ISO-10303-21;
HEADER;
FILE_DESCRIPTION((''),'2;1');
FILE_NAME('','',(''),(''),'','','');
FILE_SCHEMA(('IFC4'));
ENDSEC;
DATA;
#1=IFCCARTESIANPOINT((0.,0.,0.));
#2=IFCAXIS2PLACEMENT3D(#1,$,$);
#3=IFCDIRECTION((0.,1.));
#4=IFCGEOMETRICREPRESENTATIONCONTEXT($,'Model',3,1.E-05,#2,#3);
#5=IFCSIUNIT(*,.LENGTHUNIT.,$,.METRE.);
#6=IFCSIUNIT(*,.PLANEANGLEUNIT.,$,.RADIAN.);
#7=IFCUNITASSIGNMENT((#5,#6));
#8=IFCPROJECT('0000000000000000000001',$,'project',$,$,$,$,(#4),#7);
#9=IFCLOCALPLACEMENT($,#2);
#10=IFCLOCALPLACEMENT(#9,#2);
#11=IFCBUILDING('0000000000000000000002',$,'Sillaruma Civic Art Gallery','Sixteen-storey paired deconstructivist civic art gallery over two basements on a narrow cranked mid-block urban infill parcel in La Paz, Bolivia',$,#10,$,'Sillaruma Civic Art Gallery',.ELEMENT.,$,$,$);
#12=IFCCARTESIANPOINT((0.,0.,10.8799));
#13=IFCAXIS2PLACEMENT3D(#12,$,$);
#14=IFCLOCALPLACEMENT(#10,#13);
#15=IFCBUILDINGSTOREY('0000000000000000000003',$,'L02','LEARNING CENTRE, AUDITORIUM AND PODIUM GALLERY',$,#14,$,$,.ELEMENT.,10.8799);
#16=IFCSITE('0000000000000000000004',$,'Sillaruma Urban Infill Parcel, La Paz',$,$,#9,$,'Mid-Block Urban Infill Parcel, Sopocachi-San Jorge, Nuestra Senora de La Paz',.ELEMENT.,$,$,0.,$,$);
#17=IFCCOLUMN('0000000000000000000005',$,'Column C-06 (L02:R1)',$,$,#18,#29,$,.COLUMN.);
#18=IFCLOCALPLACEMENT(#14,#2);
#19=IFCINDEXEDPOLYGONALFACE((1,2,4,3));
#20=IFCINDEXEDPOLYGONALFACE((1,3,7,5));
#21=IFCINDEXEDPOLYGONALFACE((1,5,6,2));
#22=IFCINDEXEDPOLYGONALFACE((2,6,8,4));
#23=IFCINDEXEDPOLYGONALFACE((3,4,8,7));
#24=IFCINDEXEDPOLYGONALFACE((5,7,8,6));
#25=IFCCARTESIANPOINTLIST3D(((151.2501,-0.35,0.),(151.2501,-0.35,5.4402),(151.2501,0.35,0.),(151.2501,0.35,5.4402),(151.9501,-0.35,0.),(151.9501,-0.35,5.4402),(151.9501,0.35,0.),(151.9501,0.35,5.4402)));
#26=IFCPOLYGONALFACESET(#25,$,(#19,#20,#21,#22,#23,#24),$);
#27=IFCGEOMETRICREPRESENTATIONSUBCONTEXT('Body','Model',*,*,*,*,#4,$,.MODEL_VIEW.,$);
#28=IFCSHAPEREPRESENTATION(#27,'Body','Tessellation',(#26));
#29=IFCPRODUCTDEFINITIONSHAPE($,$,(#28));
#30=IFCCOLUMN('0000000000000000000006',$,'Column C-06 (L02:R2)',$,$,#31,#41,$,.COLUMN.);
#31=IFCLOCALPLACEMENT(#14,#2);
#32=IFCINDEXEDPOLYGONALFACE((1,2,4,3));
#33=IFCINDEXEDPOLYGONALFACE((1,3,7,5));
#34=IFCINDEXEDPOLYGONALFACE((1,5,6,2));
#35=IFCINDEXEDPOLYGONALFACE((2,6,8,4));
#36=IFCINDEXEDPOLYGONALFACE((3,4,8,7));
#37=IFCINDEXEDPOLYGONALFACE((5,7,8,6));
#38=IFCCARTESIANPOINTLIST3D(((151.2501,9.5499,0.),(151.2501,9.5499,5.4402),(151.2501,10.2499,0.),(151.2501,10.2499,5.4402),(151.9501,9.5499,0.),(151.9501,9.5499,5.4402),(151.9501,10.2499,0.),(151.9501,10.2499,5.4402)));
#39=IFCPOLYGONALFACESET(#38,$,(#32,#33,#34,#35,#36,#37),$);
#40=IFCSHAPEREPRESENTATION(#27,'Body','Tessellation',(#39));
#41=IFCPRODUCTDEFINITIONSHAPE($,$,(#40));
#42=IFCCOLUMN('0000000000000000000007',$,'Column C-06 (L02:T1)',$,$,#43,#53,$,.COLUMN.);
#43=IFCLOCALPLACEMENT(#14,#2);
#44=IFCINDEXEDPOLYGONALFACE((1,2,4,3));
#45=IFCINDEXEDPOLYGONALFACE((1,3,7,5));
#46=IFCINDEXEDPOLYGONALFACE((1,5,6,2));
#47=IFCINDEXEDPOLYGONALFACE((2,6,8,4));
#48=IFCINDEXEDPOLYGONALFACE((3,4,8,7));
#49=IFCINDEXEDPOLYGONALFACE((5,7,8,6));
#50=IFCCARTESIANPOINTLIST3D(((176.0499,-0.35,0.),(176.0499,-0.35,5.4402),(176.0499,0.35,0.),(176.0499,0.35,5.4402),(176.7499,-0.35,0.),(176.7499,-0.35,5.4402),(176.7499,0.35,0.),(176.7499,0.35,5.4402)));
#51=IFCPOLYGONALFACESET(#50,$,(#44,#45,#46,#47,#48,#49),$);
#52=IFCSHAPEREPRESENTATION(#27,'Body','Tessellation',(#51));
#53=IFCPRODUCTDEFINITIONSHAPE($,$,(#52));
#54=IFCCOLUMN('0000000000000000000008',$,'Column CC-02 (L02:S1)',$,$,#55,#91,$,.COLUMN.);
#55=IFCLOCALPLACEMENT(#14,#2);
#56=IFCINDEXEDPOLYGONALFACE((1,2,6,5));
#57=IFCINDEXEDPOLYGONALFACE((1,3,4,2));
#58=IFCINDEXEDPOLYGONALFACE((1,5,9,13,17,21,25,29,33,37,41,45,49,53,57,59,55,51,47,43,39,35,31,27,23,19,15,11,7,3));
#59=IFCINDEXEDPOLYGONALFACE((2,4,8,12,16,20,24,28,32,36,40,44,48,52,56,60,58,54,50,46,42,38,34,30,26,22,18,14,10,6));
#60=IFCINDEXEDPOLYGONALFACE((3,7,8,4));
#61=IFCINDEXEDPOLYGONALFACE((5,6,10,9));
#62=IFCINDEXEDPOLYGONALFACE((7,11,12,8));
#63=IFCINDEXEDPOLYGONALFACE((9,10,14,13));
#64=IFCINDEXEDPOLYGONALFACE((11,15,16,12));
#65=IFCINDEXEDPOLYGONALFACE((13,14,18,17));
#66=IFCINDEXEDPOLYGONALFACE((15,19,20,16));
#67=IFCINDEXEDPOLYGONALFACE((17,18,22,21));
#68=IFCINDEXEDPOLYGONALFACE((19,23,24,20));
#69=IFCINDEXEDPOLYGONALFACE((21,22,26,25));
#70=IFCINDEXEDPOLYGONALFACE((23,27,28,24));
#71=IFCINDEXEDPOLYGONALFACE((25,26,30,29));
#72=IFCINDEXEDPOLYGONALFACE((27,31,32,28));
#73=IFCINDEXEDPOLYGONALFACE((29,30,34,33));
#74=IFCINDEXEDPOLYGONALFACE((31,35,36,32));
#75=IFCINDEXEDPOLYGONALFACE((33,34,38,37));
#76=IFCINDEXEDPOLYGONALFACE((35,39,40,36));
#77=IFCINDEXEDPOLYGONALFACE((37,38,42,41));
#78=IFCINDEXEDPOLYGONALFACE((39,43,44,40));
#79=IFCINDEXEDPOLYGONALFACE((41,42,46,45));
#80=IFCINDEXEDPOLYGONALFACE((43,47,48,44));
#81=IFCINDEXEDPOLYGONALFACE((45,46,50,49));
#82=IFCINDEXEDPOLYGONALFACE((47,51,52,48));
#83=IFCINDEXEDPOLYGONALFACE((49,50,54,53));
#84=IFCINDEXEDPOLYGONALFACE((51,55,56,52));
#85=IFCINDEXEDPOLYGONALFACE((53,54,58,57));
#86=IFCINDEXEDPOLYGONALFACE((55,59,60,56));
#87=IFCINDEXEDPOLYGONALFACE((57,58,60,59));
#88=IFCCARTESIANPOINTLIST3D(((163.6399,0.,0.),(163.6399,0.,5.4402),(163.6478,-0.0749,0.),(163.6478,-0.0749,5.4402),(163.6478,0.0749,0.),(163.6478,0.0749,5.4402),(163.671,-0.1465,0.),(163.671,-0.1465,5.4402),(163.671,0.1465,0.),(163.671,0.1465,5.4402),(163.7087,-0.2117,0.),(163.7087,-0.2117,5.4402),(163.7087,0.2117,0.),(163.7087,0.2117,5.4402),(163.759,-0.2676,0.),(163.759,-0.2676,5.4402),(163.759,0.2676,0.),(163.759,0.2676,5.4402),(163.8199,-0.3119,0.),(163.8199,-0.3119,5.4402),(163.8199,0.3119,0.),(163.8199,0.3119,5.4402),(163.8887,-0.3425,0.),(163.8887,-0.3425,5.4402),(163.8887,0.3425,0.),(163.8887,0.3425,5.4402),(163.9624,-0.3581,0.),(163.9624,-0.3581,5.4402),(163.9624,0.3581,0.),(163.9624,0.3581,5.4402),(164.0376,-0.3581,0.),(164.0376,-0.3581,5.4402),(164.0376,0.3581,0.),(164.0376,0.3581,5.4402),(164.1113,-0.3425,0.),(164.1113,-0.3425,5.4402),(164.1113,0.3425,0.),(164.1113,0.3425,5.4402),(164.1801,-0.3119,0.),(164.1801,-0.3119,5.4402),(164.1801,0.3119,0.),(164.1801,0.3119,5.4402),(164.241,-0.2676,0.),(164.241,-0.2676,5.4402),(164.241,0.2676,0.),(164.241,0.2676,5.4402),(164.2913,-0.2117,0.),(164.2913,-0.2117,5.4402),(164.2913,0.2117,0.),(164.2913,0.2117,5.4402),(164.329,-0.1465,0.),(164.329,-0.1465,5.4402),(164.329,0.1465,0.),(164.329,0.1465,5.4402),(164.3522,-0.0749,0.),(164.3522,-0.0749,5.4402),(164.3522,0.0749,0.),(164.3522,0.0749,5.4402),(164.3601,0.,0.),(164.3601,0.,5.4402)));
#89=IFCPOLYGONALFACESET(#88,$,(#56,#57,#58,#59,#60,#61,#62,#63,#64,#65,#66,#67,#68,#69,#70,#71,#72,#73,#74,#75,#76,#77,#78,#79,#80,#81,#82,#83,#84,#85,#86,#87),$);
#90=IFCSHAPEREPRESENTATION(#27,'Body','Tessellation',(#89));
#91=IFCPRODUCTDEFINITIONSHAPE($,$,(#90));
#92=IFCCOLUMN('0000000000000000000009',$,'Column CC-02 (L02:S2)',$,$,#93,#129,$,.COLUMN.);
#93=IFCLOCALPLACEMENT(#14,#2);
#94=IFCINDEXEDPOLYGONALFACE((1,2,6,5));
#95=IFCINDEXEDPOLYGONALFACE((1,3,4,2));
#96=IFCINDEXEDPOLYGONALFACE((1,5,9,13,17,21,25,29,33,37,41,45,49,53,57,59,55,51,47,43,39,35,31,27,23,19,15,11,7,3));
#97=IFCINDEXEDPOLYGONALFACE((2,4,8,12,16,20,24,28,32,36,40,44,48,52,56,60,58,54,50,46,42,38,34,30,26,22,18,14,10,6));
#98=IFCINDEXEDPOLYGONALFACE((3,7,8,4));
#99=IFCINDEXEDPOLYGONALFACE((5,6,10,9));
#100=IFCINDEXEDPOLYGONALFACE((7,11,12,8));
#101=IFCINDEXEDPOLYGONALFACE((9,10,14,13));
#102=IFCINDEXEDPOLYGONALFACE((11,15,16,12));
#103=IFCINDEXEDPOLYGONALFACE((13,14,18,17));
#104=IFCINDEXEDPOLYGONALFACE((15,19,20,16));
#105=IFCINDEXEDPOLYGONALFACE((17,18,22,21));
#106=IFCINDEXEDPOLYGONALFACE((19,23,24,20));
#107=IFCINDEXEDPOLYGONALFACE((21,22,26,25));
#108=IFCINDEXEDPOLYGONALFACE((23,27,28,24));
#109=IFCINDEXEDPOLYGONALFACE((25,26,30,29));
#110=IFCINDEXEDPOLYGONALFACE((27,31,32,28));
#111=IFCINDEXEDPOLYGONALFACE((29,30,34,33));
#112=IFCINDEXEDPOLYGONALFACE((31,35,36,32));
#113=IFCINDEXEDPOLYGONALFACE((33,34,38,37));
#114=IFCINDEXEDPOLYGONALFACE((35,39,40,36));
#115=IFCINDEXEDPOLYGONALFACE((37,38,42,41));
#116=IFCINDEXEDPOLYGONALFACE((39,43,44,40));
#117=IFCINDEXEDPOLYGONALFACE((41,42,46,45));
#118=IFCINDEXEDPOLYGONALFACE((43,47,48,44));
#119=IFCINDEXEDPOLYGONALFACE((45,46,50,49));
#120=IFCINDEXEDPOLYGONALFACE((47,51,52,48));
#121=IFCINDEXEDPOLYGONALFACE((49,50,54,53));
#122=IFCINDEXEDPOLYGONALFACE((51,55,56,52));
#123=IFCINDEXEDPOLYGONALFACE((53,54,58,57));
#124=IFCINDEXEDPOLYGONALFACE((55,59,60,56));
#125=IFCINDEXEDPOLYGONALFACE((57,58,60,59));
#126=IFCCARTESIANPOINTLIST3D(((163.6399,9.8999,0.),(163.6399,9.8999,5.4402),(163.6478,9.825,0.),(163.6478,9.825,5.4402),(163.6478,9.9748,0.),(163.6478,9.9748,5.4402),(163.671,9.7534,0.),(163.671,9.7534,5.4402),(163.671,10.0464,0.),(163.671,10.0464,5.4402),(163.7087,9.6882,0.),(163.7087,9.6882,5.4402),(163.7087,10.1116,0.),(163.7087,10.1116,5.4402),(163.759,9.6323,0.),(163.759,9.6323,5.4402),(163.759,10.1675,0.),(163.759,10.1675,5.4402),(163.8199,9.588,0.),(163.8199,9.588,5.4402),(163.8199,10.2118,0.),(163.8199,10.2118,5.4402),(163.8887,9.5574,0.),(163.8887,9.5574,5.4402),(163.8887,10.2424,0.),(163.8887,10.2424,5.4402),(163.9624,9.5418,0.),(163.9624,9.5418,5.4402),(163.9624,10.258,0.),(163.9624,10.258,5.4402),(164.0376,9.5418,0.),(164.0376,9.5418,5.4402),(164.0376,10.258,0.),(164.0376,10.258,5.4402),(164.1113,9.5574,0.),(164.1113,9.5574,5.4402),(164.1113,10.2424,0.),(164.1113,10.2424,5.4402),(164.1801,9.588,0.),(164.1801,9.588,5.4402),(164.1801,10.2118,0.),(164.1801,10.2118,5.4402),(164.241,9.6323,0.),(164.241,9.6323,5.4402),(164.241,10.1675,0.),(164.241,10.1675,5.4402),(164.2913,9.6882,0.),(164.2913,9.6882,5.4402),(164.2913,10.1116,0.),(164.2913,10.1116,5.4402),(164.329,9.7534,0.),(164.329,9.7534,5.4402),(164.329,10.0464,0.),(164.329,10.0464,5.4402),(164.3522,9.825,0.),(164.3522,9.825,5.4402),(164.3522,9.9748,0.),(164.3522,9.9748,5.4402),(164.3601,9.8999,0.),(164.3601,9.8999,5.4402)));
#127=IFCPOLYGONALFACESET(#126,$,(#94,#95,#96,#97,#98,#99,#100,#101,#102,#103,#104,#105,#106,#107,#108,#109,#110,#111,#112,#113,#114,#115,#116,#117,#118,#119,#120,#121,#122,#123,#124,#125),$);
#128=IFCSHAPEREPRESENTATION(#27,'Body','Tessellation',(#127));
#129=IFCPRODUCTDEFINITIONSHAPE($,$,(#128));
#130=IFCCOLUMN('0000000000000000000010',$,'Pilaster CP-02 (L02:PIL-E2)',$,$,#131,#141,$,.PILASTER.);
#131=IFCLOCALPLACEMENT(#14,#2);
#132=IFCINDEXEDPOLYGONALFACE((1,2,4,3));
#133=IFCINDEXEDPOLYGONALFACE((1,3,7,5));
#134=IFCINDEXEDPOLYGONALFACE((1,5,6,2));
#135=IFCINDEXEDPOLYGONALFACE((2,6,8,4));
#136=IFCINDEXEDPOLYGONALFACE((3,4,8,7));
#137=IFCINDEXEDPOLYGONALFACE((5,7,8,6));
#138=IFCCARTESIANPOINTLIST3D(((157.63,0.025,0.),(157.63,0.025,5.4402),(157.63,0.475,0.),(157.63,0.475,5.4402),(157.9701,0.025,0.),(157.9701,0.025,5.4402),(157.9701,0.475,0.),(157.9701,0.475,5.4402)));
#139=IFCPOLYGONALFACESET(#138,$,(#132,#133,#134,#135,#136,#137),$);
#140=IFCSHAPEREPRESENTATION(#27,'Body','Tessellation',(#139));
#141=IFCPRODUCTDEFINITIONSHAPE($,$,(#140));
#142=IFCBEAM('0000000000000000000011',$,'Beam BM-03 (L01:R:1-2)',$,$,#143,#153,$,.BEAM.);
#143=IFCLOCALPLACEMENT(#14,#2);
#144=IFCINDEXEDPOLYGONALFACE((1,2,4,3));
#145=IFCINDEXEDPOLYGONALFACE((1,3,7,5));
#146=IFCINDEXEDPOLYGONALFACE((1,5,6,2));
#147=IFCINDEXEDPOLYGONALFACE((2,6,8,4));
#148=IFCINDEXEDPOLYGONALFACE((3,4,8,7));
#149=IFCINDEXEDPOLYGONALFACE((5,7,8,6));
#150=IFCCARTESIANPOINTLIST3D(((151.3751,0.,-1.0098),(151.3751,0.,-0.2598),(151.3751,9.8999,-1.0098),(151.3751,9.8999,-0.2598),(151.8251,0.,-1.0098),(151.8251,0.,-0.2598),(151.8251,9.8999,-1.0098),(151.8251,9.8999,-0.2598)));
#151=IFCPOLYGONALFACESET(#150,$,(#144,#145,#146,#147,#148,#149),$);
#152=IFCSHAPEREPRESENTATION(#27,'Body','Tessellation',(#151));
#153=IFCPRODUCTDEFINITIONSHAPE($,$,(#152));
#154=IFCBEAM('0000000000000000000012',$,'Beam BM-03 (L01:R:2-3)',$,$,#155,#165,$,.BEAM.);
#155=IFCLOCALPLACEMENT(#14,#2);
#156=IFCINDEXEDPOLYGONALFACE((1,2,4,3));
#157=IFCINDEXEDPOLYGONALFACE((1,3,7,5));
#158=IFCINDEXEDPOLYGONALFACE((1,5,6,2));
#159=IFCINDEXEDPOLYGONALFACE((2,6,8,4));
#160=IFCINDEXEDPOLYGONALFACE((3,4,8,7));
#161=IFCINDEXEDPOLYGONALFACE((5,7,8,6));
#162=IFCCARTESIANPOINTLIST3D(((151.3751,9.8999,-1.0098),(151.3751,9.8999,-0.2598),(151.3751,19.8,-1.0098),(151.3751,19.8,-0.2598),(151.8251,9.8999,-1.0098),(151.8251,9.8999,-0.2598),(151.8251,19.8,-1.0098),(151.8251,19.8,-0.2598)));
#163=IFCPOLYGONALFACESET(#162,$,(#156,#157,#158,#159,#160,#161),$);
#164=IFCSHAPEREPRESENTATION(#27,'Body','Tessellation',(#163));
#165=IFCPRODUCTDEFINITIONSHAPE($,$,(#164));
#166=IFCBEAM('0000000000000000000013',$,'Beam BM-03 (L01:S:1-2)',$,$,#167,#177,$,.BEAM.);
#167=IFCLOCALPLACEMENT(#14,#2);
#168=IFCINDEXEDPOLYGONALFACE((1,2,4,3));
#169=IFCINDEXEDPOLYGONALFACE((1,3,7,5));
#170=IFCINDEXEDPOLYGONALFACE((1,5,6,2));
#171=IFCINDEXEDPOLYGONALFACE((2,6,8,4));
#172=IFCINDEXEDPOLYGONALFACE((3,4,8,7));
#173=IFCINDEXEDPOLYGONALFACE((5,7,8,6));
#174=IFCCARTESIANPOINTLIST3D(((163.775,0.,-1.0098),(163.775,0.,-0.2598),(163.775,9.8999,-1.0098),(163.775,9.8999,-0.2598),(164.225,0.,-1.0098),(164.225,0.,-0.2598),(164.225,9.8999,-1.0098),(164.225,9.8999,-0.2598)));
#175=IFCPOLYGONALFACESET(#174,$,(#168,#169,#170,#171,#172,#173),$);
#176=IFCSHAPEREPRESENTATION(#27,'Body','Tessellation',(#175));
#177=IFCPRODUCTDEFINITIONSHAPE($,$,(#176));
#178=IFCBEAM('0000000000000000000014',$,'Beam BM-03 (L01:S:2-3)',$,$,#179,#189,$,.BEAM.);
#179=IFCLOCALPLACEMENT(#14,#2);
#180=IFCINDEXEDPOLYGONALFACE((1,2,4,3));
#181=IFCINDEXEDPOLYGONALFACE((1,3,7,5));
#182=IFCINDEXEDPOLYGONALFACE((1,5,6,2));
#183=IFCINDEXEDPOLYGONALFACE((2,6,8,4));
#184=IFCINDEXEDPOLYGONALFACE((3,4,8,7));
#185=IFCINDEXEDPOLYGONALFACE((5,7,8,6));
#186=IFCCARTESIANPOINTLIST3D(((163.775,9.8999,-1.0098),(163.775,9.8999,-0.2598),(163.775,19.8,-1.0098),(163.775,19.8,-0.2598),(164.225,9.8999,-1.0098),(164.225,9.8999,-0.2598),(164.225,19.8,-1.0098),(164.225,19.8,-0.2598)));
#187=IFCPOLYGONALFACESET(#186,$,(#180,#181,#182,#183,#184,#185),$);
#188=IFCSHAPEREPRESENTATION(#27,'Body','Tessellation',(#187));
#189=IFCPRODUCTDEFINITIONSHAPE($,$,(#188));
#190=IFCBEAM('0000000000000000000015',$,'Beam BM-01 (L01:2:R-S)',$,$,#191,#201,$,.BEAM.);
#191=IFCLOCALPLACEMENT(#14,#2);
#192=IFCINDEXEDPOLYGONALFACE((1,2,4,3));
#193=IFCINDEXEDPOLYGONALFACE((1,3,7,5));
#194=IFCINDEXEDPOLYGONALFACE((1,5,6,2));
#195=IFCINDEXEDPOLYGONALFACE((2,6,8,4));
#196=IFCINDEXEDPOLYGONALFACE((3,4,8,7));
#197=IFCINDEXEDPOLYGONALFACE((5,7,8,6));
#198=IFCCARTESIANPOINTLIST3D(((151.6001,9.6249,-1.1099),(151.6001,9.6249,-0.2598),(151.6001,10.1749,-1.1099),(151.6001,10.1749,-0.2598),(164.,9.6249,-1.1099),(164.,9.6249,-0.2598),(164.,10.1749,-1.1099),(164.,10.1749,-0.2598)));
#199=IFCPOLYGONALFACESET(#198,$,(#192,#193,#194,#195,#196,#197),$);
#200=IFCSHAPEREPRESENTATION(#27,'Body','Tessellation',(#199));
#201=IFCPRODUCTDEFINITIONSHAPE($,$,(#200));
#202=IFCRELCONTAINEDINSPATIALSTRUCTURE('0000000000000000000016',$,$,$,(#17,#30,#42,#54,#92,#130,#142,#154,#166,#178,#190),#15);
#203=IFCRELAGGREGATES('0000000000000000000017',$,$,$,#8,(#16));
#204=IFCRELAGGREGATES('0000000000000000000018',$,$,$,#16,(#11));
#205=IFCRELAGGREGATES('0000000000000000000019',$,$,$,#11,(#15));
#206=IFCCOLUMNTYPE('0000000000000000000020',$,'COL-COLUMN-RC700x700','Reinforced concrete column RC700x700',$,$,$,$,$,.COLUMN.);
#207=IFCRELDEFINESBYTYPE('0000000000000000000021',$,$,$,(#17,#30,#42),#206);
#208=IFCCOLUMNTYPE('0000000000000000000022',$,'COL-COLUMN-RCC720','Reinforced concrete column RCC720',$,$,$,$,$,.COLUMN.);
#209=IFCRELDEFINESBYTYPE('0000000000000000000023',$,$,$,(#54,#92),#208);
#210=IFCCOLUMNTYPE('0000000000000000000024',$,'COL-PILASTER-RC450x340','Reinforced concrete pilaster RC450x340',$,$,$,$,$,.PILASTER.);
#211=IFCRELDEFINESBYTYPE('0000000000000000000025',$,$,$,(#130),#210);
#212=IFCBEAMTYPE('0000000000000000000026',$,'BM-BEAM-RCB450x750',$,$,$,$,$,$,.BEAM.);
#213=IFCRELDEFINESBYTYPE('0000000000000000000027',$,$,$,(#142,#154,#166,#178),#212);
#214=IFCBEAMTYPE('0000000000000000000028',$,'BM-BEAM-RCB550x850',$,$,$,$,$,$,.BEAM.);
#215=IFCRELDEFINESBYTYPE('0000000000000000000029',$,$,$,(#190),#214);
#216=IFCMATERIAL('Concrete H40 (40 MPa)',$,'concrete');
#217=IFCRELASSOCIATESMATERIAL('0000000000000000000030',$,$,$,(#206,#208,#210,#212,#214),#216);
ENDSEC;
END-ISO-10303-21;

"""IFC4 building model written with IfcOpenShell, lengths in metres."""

from ifc_helpers import new_model, si_unit, direction, frame, origin, origin_2d, place, context, subcontext, project, spatial, rectangle, circle, extrude, material, material_profile, profile_set, type_object, element, save


model = new_model("IFC4")

# Units and contexts
model_context = context("Model", 3, precision=1e-05, world=origin(), true_north=direction((0.0, 1.0)))
body_context = subcontext(model_context, "Body", "Model", "MODEL_VIEW")
ifc_project = project(units=[si_unit("LENGTHUNIT", "METRE"), si_unit("PLANEANGLEUNIT", "RADIAN")], contexts=[model_context])

# Site, building, storey
site_placement = place(None, origin())
site = spatial("IfcSite", under=ifc_project, at=site_placement, Name="Sillaruma Urban Infill Parcel, La Paz", LongName="Mid-Block Urban Infill Parcel, Sopocachi-San Jorge, Nuestra Senora de La Paz", CompositionType="ELEMENT", RefElevation=0.0)
building_placement = place(site_placement, origin())
building = spatial("IfcBuilding", under=site, at=building_placement, Name="Sillaruma Civic Art Gallery", Description="Sixteen-storey paired deconstructivist civic art gallery over two basements on a narrow cranked mid-block urban infill parcel in La Paz, Bolivia", LongName="Sillaruma Civic Art Gallery", CompositionType="ELEMENT")
storey_placement = place(building_placement, frame((0.0, 0.0, 10.8799)))
storey = spatial("IfcBuildingStorey", under=building, at=storey_placement, Name="L02", Description="LEARNING CENTRE, AUDITORIUM AND PODIUM GALLERY", CompositionType="ELEMENT", Elevation=10.8799)

# Columns
ifc_material_1 = material(Name="Concrete H40 (40 MPa)", Category="concrete")
ifc_material_profile_1 = material_profile(ifc_material_1, rectangle(XDim=0.7, YDim=0.7, at=origin_2d()), Name="RC700x700")
ifc_profile_set_1 = profile_set([ifc_material_profile_1], Name="Concrete H40 (40 MPa)")
column_type_1 = type_object("IfcColumnType", Name="COL-COLUMN-RC700x700", Description="Reinforced concrete column RC700x700", PredefinedType="COLUMN", material=ifc_profile_set_1)
for number, where, z_axis, x_axis, name in (
    (1, (151.6001, 0.0, 0.0), (0.0, 0.0, 1.0), (1.0, 0.0, 0.0), "Column C-06 (L02:R1)"),
    (2, (151.6001, 9.8999, 0.0), (0.0, 0.0, 1.0), (1.0, 0.0, 0.0), "Column C-06 (L02:R2)"),
    (3, (176.3999, 0.0, 0.0), (0.0, 0.0, 1.0), (1.0, 0.0, 0.0), "Column C-06 (L02:T1)"),
):
    element("IfcColumn", number, at=place(storey_placement, frame(where, z_axis=z_axis, x_axis=x_axis)), inside=storey, type_object=column_type_1, Name=name, PredefinedType="COLUMN", context=body_context, shape_type="SweptSolid", body=[
        extrude(rectangle(XDim=0.7, YDim=0.7, at=origin_2d()), origin(), (0.0, 0.0, 1.0), 5.4402),
    ])
ifc_material_profile_2 = material_profile(ifc_material_1, circle(Radius=0.3601, at=origin_2d()), Name="RCC720")
ifc_profile_set_2 = profile_set([ifc_material_profile_2], Name="Concrete H40 (40 MPa)")
column_type_2 = type_object("IfcColumnType", Name="COL-COLUMN-RCC720", Description="Reinforced concrete column RCC720", PredefinedType="COLUMN", material=ifc_profile_set_2)
for number, where, z_axis, x_axis, name in (
    (4, (164.0, 0.0, 0.0), (0.0, 0.0, 1.0), (1.0, 0.0, 0.0), "Column CC-02 (L02:S1)"),
    (5, (164.0, 9.8999, 0.0), (0.0, 0.0, 1.0), (1.0, 0.0, 0.0), "Column CC-02 (L02:S2)"),
):
    element("IfcColumn", number, at=place(storey_placement, frame(where, z_axis=z_axis, x_axis=x_axis)), inside=storey, type_object=column_type_2, Name=name, PredefinedType="COLUMN", context=body_context, shape_type="SweptSolid", body=[
        extrude(circle(Radius=0.3601, at=origin_2d()), origin(), (0.0, 0.0, 1.0), 5.4402),
    ])
ifc_material_profile_3 = material_profile(ifc_material_1, rectangle(XDim=0.3401, YDim=0.45, at=origin_2d()), Name="RC450x340")
ifc_profile_set_3 = profile_set([ifc_material_profile_3], Name="Concrete H40 (40 MPa)")
column_type_3 = type_object("IfcColumnType", Name="COL-PILASTER-RC450x340", Description="Reinforced concrete pilaster RC450x340", PredefinedType="PILASTER", material=ifc_profile_set_3)
column_placement = place(storey_placement, frame((157.8, 0.25, 0.0), z_axis=(0.0, 0.0, 1.0), x_axis=(1.0, 0.0, 0.0)))
element("IfcColumn", 6, at=column_placement, inside=storey, type_object=column_type_3, Name="Pilaster CP-02 (L02:PIL-E2)", PredefinedType="PILASTER", context=body_context, shape_type="SweptSolid", body=[
    extrude(rectangle(XDim=0.3401, YDim=0.45, at=origin_2d()), origin(), (0.0, 0.0, 1.0), 5.4402),
])

# Beams
ifc_material_profile_4 = material_profile(ifc_material_1, rectangle(XDim=0.45, YDim=0.75, at=origin_2d()), Name="RCB450x750")
ifc_profile_set_4 = profile_set([ifc_material_profile_4], Name="Concrete H40 (40 MPa)")
beam_type_1 = type_object("IfcBeamType", Name="BM-BEAM-RCB450x750", PredefinedType="BEAM", material=ifc_profile_set_4)
beam_1_placement = place(storey_placement, frame((151.6001, 0.0, -0.6348), z_axis=(0.0, 1.0, 0.0), x_axis=(-1.0, 0.0, 0.0)))
element("IfcBeam", 7, at=beam_1_placement, inside=storey, type_object=beam_type_1, Name="Beam BM-03 (L01:R:1-2)", PredefinedType="BEAM", context=body_context, shape_type="SweptSolid", body=[
    extrude(rectangle(XDim=0.45, YDim=0.75, at=origin_2d()), origin(), (0.0, 0.0, 1.0), 9.8999),
])
beam_2_placement = place(storey_placement, frame((151.6001, 9.8999, -0.6348), z_axis=(0.0, 1.0, 0.0), x_axis=(-1.0, 0.0, 0.0)))
element("IfcBeam", 8, at=beam_2_placement, inside=storey, type_object=beam_type_1, Name="Beam BM-03 (L01:R:2-3)", PredefinedType="BEAM", context=body_context, shape_type="SweptSolid", body=[
    extrude(rectangle(XDim=0.45, YDim=0.75, at=origin_2d()), origin(), (0.0, 0.0, 1.0), 9.9001),
])
beam_3_placement = place(storey_placement, frame((164.0, 0.0, -0.6348), z_axis=(0.0, 1.0, 0.0), x_axis=(-1.0, 0.0, 0.0)))
element("IfcBeam", 9, at=beam_3_placement, inside=storey, type_object=beam_type_1, Name="Beam BM-03 (L01:S:1-2)", PredefinedType="BEAM", context=body_context, shape_type="SweptSolid", body=[
    extrude(rectangle(XDim=0.45, YDim=0.75, at=origin_2d()), origin(), (0.0, 0.0, 1.0), 9.8999),
])
beam_4_placement = place(storey_placement, frame((164.0, 9.8999, -0.6348), z_axis=(0.0, 1.0, 0.0), x_axis=(-1.0, 0.0, 0.0)))
element("IfcBeam", 10, at=beam_4_placement, inside=storey, type_object=beam_type_1, Name="Beam BM-03 (L01:S:2-3)", PredefinedType="BEAM", context=body_context, shape_type="SweptSolid", body=[
    extrude(rectangle(XDim=0.45, YDim=0.75, at=origin_2d()), origin(), (0.0, 0.0, 1.0), 9.9001),
])
ifc_material_profile_5 = material_profile(ifc_material_1, rectangle(XDim=0.55, YDim=0.8501, at=origin_2d()), Name="RCB550x850")
ifc_profile_set_5 = profile_set([ifc_material_profile_5], Name="Concrete H40 (40 MPa)")
beam_type_2 = type_object("IfcBeamType", Name="BM-BEAM-RCB550x850", PredefinedType="BEAM", material=ifc_profile_set_5)
for number, where, z_axis, x_axis, name in (
    (11, (151.6001, 9.8999, -0.6848), (1.0, 0.0, 0.0), (0.0, 1.0, 0.0), "Beam BM-01 (L01:2:R-S)"),
):
    element("IfcBeam", number, at=place(storey_placement, frame(where, z_axis=z_axis, x_axis=x_axis)), inside=storey, type_object=beam_type_2, Name=name, PredefinedType="BEAM", context=body_context, shape_type="SweptSolid", body=[
        extrude(rectangle(XDim=0.55, YDim=0.8501, at=origin_2d()), origin(), (0.0, 0.0, 1.0), 12.3999),
    ])

save(model, "model.ifc")
